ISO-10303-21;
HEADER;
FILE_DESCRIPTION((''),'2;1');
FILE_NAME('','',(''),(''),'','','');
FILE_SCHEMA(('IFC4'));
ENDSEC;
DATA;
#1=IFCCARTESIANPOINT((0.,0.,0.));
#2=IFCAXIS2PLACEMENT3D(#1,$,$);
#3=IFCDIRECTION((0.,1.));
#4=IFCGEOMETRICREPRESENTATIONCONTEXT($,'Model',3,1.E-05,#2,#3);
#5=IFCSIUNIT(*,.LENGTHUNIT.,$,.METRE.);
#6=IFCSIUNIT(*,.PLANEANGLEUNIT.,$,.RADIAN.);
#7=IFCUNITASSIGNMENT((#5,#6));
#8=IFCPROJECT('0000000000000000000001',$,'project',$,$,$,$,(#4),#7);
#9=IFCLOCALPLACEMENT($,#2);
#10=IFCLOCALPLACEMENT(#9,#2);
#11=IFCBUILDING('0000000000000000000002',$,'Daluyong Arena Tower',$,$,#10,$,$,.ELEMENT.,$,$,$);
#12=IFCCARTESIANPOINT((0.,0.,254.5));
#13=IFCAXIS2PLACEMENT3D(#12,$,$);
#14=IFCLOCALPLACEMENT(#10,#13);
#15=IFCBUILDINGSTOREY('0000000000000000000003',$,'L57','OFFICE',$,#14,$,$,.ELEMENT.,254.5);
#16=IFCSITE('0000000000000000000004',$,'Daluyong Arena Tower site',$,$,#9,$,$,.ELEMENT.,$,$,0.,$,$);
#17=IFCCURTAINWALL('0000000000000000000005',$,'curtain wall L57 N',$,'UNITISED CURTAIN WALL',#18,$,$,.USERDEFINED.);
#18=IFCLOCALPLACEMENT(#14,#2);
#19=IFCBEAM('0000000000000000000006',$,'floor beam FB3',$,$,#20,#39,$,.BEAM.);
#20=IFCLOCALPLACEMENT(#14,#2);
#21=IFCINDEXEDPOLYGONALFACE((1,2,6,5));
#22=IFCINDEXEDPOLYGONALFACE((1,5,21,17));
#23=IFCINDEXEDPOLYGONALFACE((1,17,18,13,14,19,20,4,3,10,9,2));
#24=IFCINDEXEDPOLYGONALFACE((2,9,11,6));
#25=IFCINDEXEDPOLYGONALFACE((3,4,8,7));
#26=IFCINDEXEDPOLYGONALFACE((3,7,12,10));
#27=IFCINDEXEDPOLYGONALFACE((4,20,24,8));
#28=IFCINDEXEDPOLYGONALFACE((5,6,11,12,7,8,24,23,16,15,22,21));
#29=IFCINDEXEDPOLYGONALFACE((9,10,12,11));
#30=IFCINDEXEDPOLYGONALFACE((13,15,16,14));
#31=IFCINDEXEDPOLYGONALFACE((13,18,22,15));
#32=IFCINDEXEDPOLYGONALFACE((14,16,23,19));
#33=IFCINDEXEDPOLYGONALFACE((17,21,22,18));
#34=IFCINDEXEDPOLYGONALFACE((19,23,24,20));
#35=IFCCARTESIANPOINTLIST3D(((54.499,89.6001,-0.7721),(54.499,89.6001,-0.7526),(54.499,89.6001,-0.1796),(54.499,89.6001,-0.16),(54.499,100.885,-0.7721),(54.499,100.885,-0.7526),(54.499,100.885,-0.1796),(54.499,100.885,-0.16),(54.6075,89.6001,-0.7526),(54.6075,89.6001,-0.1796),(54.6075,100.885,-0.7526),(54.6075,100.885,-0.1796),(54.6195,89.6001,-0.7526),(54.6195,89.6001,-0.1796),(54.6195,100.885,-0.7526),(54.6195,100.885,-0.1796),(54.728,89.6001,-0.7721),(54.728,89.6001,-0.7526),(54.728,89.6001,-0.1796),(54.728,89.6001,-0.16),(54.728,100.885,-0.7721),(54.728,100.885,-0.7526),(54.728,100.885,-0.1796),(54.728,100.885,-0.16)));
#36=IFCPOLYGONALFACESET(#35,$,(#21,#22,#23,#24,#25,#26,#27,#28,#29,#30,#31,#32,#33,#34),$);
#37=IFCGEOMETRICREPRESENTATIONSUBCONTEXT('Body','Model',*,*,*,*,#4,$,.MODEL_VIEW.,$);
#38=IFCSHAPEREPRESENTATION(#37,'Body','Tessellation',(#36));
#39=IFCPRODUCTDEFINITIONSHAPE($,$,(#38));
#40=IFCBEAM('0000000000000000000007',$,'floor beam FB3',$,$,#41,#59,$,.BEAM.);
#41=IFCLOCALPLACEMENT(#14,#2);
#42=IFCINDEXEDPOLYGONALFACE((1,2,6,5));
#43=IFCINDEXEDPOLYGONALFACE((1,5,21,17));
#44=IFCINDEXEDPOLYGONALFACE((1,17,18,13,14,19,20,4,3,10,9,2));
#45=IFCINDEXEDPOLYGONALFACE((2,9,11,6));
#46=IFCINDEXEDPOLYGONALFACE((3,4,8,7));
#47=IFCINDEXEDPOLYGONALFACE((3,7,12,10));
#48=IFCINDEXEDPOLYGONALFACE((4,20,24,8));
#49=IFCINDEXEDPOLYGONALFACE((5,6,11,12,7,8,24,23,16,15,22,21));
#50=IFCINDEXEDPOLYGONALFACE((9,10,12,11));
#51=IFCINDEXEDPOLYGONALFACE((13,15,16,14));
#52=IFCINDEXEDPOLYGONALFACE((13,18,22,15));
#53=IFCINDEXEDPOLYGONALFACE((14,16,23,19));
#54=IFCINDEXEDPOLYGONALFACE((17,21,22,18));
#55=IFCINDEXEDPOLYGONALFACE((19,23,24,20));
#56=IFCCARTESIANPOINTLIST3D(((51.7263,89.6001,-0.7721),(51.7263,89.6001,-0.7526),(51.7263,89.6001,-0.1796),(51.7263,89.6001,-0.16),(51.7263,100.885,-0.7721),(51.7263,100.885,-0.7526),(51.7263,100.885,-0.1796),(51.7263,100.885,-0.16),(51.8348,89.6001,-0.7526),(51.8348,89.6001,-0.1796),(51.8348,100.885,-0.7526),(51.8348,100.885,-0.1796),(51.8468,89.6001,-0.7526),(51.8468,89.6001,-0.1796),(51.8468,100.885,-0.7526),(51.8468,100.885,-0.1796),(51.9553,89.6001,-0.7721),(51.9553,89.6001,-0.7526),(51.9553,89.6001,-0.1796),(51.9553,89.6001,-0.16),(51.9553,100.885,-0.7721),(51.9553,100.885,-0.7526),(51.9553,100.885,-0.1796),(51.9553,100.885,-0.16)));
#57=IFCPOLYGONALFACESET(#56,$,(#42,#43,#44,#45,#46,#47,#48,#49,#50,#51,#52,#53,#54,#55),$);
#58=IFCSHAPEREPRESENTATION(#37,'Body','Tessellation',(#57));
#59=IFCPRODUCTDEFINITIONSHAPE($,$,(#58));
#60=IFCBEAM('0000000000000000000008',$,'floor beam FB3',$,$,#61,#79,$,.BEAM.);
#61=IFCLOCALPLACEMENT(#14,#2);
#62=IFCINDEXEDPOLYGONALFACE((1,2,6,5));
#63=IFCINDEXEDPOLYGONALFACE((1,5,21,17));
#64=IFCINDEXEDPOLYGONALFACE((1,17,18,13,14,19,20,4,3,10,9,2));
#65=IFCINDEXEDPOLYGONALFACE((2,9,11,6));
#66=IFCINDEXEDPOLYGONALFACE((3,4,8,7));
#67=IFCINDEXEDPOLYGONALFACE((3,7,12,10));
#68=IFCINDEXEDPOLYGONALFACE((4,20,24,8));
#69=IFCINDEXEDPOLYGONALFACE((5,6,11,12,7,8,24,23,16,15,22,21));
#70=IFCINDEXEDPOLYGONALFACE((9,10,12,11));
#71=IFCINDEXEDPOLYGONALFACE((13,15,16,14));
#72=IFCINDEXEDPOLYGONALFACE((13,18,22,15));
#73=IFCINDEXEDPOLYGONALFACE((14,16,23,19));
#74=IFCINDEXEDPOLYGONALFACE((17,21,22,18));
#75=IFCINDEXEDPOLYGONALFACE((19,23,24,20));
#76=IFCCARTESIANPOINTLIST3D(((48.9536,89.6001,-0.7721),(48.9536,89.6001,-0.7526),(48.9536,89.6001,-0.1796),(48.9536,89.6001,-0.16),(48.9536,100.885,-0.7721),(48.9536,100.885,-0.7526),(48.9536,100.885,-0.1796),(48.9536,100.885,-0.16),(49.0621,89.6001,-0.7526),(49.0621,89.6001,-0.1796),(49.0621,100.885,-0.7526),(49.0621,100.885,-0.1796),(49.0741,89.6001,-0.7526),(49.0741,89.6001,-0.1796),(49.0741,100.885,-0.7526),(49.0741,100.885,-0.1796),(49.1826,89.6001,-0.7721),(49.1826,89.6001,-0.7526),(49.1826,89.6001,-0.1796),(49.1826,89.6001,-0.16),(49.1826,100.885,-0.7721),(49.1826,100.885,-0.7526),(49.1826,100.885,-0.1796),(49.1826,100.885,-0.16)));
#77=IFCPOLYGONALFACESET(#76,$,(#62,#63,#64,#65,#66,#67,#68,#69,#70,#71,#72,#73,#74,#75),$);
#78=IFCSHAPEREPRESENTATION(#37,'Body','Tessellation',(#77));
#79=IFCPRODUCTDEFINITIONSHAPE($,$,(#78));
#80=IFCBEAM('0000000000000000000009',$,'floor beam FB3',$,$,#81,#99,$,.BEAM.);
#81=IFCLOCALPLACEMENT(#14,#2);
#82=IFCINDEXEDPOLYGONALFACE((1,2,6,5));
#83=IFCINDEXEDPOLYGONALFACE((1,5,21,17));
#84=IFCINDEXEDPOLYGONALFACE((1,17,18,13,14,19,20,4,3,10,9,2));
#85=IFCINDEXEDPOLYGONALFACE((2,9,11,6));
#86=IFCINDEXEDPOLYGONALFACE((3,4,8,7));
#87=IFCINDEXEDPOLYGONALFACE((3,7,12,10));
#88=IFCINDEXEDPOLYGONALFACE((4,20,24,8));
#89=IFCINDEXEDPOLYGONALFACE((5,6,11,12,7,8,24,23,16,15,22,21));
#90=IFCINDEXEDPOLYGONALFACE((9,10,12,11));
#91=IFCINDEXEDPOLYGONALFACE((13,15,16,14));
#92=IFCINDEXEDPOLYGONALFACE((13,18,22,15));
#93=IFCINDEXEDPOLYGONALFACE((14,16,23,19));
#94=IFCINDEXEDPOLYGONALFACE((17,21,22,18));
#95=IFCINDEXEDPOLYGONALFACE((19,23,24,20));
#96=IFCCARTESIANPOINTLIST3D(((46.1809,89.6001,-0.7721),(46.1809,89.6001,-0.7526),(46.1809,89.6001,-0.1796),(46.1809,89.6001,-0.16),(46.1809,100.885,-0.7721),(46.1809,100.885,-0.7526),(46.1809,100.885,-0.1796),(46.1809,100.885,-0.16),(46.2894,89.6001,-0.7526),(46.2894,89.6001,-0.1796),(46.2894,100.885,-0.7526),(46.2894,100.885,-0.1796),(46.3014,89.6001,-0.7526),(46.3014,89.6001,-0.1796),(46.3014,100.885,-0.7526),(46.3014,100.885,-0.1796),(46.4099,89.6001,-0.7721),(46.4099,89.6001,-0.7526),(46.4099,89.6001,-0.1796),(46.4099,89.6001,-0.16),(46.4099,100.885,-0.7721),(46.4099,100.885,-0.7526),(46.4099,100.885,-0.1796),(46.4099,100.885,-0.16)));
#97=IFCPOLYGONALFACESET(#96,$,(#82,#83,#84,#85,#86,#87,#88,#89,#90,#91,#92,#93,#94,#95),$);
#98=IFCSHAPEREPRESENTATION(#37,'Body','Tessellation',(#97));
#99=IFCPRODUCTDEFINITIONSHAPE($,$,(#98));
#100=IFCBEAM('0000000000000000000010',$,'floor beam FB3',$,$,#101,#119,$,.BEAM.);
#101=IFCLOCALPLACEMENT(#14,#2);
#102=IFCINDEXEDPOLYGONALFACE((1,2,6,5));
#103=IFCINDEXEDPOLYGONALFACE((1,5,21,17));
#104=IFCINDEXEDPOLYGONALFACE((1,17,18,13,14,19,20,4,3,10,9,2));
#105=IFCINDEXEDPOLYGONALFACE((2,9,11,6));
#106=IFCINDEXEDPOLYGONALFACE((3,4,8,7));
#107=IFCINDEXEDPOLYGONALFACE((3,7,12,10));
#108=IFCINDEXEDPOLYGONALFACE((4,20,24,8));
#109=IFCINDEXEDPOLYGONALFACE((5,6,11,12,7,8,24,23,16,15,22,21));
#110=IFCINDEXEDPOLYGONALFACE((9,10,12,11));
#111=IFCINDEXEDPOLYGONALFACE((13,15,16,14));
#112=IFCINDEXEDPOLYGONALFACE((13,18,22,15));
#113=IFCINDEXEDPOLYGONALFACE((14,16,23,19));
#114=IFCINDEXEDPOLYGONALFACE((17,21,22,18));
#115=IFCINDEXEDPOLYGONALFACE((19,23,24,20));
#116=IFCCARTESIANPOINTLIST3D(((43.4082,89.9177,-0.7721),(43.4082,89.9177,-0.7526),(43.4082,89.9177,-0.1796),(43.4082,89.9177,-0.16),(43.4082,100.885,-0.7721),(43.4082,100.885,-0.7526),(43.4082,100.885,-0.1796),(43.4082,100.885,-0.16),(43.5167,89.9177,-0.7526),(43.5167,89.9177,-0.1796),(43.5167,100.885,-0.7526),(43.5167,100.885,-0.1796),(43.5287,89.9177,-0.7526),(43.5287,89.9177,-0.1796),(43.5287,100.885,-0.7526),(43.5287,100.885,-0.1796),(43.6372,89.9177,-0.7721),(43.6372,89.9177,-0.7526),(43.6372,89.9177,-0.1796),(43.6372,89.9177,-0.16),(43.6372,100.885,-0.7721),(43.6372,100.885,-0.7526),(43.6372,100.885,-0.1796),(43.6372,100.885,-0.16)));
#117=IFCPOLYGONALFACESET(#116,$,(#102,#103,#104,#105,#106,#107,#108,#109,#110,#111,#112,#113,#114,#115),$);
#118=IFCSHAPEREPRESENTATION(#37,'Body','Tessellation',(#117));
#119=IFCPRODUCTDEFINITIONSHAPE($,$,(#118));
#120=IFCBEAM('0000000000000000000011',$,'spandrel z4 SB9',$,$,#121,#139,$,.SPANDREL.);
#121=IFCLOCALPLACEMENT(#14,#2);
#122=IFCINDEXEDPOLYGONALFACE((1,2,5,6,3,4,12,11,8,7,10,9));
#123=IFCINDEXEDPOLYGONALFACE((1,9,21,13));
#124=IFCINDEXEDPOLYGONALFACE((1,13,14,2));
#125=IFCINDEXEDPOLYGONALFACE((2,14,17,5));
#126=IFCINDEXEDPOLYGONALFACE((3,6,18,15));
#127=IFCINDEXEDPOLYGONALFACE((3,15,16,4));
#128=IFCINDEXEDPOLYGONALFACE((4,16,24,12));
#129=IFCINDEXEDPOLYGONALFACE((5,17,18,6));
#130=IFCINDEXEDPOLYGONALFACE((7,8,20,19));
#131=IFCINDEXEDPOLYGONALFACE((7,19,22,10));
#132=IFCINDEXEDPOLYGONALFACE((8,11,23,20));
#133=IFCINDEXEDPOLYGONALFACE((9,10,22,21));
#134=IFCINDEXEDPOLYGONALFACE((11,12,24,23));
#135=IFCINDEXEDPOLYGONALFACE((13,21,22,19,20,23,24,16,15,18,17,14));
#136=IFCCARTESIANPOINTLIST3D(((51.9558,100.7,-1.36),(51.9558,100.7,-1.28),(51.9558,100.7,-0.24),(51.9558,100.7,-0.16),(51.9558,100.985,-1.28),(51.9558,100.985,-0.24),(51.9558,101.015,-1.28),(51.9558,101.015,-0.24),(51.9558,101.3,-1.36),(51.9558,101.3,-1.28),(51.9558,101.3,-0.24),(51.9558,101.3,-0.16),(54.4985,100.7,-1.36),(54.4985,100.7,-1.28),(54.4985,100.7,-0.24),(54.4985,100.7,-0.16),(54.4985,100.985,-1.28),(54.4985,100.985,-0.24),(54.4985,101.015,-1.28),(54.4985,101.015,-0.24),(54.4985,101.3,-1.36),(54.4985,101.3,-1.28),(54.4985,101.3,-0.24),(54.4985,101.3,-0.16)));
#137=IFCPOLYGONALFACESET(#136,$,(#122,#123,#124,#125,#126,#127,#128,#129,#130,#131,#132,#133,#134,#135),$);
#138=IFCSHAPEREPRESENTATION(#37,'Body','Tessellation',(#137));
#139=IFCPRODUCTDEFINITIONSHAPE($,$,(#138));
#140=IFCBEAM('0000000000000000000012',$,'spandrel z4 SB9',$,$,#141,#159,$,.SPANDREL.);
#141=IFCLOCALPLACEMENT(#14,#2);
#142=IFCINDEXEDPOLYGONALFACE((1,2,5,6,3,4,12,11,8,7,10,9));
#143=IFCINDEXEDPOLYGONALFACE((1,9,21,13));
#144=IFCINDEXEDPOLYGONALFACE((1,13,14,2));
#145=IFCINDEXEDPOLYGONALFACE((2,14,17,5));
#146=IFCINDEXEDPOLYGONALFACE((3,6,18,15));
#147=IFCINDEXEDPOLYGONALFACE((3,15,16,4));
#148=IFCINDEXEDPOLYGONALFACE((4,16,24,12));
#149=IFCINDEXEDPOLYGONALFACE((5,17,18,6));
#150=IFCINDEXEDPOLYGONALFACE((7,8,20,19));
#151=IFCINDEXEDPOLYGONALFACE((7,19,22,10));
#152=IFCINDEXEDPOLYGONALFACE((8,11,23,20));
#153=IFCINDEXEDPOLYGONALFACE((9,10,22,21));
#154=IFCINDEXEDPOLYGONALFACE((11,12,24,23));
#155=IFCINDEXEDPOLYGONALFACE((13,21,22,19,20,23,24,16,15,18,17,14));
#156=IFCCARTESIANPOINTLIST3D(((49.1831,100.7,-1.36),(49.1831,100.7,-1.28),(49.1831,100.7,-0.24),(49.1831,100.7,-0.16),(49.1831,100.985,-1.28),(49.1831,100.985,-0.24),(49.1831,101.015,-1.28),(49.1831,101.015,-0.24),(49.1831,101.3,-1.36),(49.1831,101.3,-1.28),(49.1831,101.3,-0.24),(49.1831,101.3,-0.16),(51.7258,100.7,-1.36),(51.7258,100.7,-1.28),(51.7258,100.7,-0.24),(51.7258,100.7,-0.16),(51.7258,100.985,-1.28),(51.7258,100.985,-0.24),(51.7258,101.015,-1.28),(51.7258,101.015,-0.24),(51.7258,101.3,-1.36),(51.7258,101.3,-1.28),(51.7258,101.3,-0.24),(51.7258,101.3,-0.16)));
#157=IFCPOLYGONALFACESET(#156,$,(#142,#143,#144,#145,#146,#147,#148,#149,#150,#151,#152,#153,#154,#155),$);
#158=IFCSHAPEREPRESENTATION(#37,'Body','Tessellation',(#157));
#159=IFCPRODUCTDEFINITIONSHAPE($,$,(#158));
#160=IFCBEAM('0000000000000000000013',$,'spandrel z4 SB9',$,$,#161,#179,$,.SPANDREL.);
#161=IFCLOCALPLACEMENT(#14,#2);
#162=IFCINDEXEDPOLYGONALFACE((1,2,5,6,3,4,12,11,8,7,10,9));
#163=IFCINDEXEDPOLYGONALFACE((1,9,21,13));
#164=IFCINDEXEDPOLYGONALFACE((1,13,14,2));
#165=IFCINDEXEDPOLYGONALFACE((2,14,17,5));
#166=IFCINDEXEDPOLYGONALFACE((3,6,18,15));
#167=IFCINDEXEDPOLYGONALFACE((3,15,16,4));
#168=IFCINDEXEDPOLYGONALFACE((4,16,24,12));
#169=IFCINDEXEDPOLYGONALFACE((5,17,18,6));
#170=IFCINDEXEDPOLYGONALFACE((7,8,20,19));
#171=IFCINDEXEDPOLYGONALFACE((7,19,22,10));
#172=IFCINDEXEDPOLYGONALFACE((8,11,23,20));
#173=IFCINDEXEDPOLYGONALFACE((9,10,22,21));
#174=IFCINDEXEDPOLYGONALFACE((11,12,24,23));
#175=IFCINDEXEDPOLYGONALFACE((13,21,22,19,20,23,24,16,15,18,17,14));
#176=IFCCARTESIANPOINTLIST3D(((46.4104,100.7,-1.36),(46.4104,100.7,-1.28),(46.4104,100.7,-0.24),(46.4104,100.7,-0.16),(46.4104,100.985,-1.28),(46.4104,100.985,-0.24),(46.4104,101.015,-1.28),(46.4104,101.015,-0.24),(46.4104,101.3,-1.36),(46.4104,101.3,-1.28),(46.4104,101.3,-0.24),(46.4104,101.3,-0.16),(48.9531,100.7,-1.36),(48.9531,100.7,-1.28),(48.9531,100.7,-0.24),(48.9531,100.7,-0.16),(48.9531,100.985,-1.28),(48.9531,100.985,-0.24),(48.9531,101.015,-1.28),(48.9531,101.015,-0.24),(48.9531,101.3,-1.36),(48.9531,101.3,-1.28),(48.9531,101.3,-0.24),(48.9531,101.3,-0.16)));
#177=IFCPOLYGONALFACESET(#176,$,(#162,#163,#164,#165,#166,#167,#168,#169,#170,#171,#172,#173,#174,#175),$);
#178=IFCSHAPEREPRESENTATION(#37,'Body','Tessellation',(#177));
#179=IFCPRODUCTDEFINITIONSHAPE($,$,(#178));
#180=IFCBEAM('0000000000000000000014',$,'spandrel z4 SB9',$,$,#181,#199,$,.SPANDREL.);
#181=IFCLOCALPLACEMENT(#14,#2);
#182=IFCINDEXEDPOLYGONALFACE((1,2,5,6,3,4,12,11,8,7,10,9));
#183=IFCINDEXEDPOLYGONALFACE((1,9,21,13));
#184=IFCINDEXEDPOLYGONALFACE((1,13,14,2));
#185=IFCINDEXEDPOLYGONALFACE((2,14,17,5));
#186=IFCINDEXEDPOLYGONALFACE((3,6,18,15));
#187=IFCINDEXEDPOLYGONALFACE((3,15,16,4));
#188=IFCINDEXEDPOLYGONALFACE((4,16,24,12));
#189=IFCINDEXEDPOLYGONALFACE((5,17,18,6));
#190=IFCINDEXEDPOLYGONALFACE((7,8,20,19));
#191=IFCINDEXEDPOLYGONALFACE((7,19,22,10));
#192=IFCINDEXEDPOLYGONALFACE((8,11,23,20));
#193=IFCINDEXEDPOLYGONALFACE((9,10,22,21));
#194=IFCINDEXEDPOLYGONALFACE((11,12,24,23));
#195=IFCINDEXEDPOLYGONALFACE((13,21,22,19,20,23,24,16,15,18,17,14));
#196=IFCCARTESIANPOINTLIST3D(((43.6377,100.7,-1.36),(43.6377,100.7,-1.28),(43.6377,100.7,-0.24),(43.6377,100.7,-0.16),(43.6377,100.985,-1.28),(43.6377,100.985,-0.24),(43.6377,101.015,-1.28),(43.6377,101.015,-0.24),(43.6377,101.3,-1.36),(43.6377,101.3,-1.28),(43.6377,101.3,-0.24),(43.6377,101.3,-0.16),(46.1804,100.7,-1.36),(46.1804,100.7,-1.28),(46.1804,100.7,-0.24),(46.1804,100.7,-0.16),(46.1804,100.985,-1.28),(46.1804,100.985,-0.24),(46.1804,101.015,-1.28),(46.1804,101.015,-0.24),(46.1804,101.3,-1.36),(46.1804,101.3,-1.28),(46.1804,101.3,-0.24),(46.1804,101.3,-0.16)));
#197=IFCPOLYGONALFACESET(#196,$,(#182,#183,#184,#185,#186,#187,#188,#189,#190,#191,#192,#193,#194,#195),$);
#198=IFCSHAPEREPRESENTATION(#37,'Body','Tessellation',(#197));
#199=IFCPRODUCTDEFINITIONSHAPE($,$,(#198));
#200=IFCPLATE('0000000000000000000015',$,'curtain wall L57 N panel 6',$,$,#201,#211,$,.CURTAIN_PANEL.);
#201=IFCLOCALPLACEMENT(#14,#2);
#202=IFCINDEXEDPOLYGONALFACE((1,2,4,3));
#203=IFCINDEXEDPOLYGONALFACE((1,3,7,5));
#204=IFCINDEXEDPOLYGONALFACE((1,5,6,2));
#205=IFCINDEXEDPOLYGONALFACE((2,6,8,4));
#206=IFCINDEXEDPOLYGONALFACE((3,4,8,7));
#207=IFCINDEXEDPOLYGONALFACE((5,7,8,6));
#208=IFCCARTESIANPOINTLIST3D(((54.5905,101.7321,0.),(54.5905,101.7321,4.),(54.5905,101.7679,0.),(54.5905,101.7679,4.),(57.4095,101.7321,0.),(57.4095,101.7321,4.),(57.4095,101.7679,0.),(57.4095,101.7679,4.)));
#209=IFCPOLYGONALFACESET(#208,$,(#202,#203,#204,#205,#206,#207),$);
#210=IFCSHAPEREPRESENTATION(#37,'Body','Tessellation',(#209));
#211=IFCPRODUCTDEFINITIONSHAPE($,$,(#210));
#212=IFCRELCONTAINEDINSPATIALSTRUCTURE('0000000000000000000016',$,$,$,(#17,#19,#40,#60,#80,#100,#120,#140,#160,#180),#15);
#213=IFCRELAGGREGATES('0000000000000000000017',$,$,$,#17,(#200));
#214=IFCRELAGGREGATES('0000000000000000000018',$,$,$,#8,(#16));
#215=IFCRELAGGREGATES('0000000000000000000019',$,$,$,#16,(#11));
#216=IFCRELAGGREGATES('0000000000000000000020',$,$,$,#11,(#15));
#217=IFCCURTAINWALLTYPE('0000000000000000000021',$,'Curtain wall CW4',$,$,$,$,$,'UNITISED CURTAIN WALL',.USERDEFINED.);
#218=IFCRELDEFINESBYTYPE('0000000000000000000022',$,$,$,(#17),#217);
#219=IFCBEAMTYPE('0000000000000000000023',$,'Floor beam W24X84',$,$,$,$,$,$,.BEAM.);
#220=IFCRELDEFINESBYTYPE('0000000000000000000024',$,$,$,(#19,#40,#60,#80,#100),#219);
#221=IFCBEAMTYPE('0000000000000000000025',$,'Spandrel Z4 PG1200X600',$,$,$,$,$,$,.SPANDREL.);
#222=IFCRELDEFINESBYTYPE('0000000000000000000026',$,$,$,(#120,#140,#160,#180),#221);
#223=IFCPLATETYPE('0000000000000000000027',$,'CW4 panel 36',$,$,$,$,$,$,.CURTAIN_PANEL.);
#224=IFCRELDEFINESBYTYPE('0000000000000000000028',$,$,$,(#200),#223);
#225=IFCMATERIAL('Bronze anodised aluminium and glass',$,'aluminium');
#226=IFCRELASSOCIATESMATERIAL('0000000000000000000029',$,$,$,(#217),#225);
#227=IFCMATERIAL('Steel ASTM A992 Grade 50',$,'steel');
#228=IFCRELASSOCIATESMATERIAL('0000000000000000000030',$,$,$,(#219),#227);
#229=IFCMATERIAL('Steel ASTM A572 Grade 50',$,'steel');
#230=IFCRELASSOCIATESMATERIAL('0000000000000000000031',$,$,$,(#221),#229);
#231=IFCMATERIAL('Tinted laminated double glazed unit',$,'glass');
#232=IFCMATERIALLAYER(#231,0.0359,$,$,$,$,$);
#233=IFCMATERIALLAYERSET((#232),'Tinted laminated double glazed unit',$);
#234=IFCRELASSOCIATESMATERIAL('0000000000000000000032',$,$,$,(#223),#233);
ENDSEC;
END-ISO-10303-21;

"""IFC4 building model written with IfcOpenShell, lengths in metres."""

from ifc_helpers import new_model, si_unit, direction, frame, origin, origin_2d, place, context, subcontext, project, spatial, rectangle, i_section, extrude, material, layer, layer_set, material_profile, profile_set, type_object, element, aggregate, save


model = new_model("IFC4")

# Units and contexts
model_context = context("Model", 3, precision=1e-05, world=origin(), true_north=direction((0.0, 1.0)))
body_context = subcontext(model_context, "Body", "Model", "MODEL_VIEW")
ifc_project = project(units=[si_unit("LENGTHUNIT", "METRE"), si_unit("PLANEANGLEUNIT", "RADIAN")], contexts=[model_context])

# Site, building, storey
site_placement = place(None, origin())
site = spatial("IfcSite", under=ifc_project, at=site_placement, Name="Daluyong Arena Tower site", CompositionType="ELEMENT", RefElevation=0.0)
building_placement = place(site_placement, origin())
building = spatial("IfcBuilding", under=site, at=building_placement, Name="Daluyong Arena Tower", CompositionType="ELEMENT")
storey_placement = place(building_placement, frame((0.0, 0.0, 254.5)))
storey = spatial("IfcBuildingStorey", under=building, at=storey_placement, Name="L57", Description="OFFICE", CompositionType="ELEMENT", Elevation=254.5)

# Curtain wall
ifc_material_1 = material(Name="Bronze anodised aluminium and glass", Category="aluminium")
curtain_wall_type = type_object("IfcCurtainWallType", Name="Curtain wall CW4", ElementType="UNITISED CURTAIN WALL", PredefinedType="USERDEFINED", material=ifc_material_1)
curtain_wall_placement = place(storey_placement, origin())
curtain_wall = element("IfcCurtainWall", 1, at=curtain_wall_placement, inside=storey, type_object=curtain_wall_type, Name="curtain wall L57 N", ObjectType="UNITISED CURTAIN WALL", PredefinedType="USERDEFINED")

# Beams
ifc_material_2 = material(Name="Steel ASTM A992 Grade 50", Category="steel")
ifc_material_profile_1 = material_profile(ifc_material_2, i_section(OverallWidth=0.229, OverallDepth=0.6121, WebThickness=0.012, FlangeThickness=0.0195, at=origin_2d()))
ifc_profile_set_1 = profile_set([ifc_material_profile_1], Name="Steel ASTM A992 Grade 50")
beam_type_1 = type_object("IfcBeamType", Name="Floor beam W24X84", PredefinedType="BEAM", material=ifc_profile_set_1)
for number, where, z_axis, x_axis, name in (
    (2, (54.6135, 100.885, -0.4661), (0.0, -1.0, 0.0), (1.0, 0.0, 0.0), "floor beam FB3"),
    (3, (51.8408, 100.885, -0.4661), (0.0, -1.0, 0.0), (1.0, 0.0, 0.0), "floor beam FB3"),
    (4, (49.0681, 100.885, -0.4661), (0.0, -1.0, 0.0), (1.0, 0.0, 0.0), "floor beam FB3"),
    (5, (46.2954, 100.885, -0.4661), (0.0, -1.0, 0.0), (1.0, 0.0, 0.0), "floor beam FB3"),
):
    element("IfcBeam", number, at=place(storey_placement, frame(where, z_axis=z_axis, x_axis=x_axis)), inside=storey, type_object=beam_type_1, Name=name, PredefinedType="BEAM", context=body_context, shape_type="SweptSolid", body=[
        extrude(i_section(OverallWidth=0.229, OverallDepth=0.6121, WebThickness=0.012, FlangeThickness=0.0195, at=origin_2d()), origin(), (0.0, 0.0, 1.0), 11.2849),
    ])
beam_placement = place(storey_placement, frame((43.5227, 100.885, -0.4661), z_axis=(0.0, -1.0, 0.0), x_axis=(1.0, 0.0, 0.0)))
element("IfcBeam", 6, at=beam_placement, inside=storey, type_object=beam_type_1, Name="floor beam FB3", PredefinedType="BEAM", context=body_context, shape_type="SweptSolid", body=[
    extrude(i_section(OverallWidth=0.229, OverallDepth=0.6121, WebThickness=0.012, FlangeThickness=0.0195, at=origin_2d()), origin(), (0.0, 0.0, 1.0), 10.9673),
])
ifc_material_3 = material(Name="Steel ASTM A572 Grade 50", Category="steel")
ifc_material_profile_2 = material_profile(ifc_material_3, i_section(OverallWidth=0.6001, OverallDepth=1.2, WebThickness=0.03, FlangeThickness=0.08, at=origin_2d()))
ifc_profile_set_2 = profile_set([ifc_material_profile_2], Name="Steel ASTM A572 Grade 50")
beam_type_2 = type_object("IfcBeamType", Name="Spandrel Z4 PG1200X600", PredefinedType="SPANDREL", material=ifc_profile_set_2)
for number, where, z_axis, x_axis, name in (
    (7, (54.4985, 101.0, -0.76), (-1.0, 0.0, 0.0), (0.0, -1.0, 0.0), "spandrel z4 SB9"),
    (8, (51.7258, 101.0, -0.76), (-1.0, 0.0, 0.0), (0.0, -1.0, 0.0), "spandrel z4 SB9"),
    (9, (48.9531, 101.0, -0.76), (-1.0, 0.0, 0.0), (0.0, -1.0, 0.0), "spandrel z4 SB9"),
    (10, (46.1804, 101.0, -0.76), (-1.0, 0.0, 0.0), (0.0, -1.0, 0.0), "spandrel z4 SB9"),
):
    element("IfcBeam", number, at=place(storey_placement, frame(where, z_axis=z_axis, x_axis=x_axis)), inside=storey, type_object=beam_type_2, Name=name, PredefinedType="SPANDREL", context=body_context, shape_type="SweptSolid", body=[
        extrude(i_section(OverallWidth=0.6001, OverallDepth=1.2, WebThickness=0.03, FlangeThickness=0.08, at=origin_2d()), origin(), (0.0, 0.0, 1.0), 2.5427),
    ])

# Plate
ifc_material_4 = material(Name="Tinted laminated double glazed unit", Category="glass")
ifc_layer_1 = layer(ifc_material_4, 0.0359)
ifc_layer_set_1 = layer_set([ifc_layer_1], Name="Tinted laminated double glazed unit")
plate_type = type_object("IfcPlateType", Name="CW4 panel 36", PredefinedType="CURTAIN_PANEL", material=ifc_layer_set_1)
plate_1_placement = place(storey_placement, frame((56.0, 101.75, 0.0), z_axis=(0.0, 0.0, 1.0), x_axis=(-1.0, 0.0, 0.0)))
plate_1 = element("IfcPlate", 11, at=plate_1_placement, type_object=plate_type, Name="curtain wall L57 N panel 6", PredefinedType="CURTAIN_PANEL", context=body_context, shape_type="SweptSolid", body=[
    extrude(rectangle(XDim=2.8191, YDim=0.0359, at=origin_2d()), origin(), (0.0, 0.0, 1.0), 4.0),
])
aggregate(curtain_wall, [plate_1])

save(model, "model.ifc")
